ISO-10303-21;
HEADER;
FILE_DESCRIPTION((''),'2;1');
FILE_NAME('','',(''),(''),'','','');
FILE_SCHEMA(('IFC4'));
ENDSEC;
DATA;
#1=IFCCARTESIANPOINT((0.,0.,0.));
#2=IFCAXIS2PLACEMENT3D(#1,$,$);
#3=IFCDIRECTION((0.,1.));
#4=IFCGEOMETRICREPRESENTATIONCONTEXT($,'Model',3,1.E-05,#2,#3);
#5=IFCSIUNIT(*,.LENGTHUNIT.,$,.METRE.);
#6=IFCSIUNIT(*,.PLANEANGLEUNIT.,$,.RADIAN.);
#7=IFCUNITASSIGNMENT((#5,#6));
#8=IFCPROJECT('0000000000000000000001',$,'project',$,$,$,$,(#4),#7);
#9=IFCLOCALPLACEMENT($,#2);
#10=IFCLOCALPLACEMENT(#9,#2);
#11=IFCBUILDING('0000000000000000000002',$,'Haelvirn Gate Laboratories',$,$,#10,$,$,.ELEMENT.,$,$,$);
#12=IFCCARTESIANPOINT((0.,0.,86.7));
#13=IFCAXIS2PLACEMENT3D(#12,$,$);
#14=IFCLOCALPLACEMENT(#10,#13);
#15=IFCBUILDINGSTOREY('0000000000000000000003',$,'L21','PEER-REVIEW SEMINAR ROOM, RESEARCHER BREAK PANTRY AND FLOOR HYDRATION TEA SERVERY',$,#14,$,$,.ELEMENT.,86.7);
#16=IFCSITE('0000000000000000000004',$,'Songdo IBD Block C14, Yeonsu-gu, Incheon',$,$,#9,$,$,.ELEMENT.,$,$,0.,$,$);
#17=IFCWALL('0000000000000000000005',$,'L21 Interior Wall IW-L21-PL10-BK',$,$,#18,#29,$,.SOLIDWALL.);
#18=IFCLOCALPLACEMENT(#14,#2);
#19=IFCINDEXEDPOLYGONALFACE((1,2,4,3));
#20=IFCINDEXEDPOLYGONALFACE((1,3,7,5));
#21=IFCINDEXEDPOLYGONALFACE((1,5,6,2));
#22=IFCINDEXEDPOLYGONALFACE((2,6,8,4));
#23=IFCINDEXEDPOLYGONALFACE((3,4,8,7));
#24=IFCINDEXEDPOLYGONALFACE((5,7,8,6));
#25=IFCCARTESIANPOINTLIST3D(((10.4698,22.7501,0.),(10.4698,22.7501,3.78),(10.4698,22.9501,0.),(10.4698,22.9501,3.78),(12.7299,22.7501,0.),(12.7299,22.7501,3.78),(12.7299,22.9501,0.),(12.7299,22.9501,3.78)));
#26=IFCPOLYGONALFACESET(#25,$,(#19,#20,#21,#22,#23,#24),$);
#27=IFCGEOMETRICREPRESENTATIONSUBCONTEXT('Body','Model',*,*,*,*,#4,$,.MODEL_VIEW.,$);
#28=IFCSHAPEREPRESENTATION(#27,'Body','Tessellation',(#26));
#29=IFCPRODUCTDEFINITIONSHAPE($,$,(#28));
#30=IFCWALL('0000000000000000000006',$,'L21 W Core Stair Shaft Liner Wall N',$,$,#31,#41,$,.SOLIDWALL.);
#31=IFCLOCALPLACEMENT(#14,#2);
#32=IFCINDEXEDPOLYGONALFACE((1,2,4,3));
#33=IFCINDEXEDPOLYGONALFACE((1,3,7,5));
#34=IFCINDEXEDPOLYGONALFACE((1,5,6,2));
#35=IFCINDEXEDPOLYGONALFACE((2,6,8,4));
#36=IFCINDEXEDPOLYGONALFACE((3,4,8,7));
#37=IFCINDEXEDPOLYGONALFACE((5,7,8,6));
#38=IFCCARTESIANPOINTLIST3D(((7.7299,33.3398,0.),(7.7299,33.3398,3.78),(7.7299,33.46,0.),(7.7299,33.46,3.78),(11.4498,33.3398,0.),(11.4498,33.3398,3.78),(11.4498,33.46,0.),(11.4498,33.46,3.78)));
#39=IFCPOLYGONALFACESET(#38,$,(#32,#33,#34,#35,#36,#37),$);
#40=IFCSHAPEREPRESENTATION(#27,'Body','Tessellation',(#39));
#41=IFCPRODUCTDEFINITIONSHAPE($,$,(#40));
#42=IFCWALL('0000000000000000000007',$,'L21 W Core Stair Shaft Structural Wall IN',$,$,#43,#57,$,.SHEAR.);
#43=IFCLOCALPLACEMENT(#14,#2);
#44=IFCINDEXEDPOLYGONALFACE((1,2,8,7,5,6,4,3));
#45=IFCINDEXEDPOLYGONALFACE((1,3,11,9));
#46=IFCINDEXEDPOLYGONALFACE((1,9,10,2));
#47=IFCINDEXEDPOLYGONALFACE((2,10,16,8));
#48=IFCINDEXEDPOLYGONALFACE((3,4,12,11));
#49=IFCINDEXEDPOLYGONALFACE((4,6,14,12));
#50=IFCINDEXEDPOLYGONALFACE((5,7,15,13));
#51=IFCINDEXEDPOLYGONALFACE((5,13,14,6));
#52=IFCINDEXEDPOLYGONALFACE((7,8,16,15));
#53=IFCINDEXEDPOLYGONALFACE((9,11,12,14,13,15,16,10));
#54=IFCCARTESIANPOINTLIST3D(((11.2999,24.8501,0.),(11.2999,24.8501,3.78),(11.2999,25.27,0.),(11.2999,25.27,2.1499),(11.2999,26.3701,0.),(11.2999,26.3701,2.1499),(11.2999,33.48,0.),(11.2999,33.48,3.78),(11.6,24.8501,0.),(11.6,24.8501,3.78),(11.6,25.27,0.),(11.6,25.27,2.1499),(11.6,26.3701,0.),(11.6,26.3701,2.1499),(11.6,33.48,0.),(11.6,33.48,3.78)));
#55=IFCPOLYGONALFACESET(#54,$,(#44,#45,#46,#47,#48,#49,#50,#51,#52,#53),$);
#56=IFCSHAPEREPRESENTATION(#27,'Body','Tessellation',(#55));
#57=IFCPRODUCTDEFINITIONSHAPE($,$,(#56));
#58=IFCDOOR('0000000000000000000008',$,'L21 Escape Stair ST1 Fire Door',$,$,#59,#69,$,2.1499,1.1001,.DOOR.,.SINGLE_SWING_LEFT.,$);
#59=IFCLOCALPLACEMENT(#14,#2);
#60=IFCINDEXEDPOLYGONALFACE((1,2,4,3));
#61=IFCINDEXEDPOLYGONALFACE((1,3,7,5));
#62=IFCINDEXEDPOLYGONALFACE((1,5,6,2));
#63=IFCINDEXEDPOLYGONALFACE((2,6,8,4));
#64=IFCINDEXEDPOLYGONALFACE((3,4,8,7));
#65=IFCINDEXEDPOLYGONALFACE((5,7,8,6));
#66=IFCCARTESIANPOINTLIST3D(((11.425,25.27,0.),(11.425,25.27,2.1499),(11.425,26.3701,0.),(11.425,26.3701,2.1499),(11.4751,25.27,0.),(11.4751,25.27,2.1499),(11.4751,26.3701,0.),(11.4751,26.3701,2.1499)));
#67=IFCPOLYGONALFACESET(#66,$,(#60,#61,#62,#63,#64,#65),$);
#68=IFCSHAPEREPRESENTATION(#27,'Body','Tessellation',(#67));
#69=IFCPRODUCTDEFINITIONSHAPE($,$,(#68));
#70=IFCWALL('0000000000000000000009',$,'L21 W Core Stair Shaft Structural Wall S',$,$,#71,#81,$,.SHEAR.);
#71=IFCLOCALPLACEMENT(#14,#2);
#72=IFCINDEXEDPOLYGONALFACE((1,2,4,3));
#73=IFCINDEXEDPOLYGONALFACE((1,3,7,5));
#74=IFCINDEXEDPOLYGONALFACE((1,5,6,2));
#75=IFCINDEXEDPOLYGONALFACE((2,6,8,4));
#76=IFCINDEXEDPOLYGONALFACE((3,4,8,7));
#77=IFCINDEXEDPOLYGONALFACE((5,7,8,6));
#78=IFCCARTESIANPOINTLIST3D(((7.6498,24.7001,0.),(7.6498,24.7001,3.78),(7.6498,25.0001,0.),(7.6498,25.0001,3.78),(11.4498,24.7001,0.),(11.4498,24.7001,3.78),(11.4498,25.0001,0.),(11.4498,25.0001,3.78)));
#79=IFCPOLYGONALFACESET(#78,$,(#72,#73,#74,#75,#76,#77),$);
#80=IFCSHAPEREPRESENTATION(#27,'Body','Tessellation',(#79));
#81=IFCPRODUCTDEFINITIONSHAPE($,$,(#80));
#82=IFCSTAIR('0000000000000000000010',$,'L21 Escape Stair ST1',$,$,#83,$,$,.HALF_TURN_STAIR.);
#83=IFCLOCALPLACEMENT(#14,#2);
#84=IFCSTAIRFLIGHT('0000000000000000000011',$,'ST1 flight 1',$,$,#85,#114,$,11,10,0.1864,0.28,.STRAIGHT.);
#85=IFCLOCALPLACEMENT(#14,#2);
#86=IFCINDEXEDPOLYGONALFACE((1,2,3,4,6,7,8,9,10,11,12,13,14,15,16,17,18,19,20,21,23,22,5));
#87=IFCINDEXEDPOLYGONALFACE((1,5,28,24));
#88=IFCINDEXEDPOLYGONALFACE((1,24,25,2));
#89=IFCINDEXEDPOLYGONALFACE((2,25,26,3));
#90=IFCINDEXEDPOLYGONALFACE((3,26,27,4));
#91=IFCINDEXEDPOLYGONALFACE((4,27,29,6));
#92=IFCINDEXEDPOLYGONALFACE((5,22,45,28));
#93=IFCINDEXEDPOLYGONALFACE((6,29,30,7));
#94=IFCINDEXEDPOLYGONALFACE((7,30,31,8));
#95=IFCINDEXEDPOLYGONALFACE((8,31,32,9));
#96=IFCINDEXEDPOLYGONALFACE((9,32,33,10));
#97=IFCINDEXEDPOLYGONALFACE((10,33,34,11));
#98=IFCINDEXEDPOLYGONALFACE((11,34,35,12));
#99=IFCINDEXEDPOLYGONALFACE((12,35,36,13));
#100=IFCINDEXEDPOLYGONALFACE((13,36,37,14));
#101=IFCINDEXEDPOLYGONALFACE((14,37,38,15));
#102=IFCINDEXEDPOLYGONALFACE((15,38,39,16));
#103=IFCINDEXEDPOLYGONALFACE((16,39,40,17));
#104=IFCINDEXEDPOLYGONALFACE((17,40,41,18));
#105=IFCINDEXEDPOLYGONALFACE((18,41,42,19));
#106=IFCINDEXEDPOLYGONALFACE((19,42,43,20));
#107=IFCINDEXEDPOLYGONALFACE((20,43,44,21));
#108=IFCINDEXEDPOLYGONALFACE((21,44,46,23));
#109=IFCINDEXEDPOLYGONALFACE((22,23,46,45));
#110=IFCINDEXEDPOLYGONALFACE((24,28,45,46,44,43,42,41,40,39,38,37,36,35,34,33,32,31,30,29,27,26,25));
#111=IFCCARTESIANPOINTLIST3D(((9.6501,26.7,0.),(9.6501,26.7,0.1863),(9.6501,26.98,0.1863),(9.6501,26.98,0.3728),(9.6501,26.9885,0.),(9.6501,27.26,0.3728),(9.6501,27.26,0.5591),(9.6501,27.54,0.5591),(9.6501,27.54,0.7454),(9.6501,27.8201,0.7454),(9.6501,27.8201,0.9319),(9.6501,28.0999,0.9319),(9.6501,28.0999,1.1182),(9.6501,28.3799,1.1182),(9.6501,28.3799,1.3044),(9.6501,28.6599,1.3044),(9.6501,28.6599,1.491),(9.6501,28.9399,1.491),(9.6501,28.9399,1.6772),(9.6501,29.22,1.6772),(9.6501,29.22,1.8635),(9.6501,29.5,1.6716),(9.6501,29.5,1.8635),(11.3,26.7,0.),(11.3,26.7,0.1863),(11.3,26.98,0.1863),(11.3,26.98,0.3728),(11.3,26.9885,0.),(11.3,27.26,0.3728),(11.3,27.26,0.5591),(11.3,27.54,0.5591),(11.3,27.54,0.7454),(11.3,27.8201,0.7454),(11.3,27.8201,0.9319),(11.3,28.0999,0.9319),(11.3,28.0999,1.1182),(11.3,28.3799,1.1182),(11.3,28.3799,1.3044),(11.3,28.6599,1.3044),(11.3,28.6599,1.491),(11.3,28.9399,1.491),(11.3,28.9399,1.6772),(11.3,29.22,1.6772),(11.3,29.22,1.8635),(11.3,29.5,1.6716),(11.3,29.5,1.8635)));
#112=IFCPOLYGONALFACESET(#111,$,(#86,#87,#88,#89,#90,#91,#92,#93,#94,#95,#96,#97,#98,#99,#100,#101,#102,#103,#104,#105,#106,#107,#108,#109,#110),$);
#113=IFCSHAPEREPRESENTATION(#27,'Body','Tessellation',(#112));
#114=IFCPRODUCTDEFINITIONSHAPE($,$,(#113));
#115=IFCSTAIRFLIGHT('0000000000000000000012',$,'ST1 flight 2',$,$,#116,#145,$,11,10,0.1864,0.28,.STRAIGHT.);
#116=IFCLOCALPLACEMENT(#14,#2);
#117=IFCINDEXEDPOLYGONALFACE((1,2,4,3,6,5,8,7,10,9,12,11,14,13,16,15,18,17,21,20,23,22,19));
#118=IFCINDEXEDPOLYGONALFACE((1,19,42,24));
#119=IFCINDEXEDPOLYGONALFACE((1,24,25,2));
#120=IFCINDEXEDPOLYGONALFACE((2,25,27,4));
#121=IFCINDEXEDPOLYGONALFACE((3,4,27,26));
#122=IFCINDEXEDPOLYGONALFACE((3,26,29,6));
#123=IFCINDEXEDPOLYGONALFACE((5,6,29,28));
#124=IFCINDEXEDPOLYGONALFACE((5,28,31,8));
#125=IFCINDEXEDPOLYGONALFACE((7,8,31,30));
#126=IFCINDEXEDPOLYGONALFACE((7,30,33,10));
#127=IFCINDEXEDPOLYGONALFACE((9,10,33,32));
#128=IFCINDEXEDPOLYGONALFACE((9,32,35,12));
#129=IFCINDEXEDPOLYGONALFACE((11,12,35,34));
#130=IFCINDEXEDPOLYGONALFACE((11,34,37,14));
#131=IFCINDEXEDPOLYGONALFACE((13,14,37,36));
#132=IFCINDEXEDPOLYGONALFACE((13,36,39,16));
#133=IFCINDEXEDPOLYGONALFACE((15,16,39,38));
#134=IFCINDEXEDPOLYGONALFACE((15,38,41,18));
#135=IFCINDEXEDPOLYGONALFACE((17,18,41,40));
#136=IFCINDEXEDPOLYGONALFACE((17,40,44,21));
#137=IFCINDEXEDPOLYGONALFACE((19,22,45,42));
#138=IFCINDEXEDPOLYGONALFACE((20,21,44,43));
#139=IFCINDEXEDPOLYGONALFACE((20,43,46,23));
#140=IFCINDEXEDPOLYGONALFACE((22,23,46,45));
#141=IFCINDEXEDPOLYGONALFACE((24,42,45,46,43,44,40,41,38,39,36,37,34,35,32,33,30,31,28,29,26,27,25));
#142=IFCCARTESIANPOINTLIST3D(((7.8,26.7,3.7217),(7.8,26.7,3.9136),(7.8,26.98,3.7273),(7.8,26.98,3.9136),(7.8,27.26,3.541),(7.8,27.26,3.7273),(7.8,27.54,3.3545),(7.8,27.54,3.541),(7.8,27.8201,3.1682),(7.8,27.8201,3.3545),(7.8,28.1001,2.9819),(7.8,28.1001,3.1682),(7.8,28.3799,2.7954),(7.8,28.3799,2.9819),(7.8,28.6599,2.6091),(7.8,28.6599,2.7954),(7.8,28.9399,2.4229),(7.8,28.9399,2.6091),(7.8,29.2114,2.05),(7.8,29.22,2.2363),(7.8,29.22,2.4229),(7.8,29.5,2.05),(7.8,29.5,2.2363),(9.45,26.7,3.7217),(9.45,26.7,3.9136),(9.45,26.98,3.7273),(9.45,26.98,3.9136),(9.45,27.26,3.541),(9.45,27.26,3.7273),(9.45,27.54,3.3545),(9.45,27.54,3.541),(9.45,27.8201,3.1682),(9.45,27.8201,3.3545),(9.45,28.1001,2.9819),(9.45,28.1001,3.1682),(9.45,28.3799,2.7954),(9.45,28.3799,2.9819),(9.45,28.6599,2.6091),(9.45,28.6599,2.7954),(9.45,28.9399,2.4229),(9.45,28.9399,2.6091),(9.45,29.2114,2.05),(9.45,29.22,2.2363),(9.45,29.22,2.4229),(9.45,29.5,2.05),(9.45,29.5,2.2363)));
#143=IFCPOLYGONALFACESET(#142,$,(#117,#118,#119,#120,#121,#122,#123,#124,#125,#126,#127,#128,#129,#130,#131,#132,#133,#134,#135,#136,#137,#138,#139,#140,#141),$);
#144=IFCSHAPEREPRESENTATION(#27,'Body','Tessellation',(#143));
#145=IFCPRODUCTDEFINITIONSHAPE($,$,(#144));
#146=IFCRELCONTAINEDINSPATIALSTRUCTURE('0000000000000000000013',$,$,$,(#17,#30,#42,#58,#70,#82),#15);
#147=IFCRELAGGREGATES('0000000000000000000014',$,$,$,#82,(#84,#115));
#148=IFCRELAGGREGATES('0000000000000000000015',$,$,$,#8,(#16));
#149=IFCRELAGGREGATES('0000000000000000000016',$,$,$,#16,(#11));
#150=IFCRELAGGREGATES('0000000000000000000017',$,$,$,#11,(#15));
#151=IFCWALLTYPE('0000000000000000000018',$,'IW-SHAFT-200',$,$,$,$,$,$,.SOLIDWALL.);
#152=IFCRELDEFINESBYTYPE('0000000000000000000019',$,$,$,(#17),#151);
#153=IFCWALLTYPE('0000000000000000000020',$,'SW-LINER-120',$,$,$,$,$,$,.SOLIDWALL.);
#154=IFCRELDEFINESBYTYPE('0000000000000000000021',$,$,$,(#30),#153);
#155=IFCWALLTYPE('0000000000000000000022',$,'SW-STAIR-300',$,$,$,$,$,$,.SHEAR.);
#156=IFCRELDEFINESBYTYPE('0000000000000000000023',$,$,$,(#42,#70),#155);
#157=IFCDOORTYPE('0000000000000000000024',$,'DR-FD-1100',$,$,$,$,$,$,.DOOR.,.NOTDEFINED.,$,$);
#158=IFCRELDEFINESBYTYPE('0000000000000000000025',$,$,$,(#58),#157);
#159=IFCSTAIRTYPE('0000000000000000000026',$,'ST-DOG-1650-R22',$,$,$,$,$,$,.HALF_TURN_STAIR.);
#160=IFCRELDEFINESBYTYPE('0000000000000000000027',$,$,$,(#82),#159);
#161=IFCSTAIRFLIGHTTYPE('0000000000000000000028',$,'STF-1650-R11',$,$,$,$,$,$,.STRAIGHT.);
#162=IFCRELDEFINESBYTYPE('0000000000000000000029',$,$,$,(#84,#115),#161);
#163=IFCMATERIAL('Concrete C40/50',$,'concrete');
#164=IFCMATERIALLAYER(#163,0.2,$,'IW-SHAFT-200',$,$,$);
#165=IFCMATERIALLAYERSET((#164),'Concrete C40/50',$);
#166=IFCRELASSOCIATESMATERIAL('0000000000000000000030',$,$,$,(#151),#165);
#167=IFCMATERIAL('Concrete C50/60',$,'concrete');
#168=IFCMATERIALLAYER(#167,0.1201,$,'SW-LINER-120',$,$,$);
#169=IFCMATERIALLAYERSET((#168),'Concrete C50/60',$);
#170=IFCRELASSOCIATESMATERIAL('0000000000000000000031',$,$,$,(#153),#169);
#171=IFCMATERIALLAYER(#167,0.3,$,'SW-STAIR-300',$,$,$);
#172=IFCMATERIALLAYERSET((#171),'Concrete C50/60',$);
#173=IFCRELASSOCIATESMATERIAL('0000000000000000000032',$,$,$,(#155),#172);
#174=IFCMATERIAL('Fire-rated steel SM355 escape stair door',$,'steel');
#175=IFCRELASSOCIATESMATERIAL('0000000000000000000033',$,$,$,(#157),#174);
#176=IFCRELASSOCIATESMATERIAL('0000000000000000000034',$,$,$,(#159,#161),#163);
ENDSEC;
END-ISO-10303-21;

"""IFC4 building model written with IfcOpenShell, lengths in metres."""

from ifc_helpers import new_model, si_unit, direction, frame, frame_2d, origin, place, context, subcontext, project, spatial, polyline, rectangle, outline, extrude, source, transform, mapped, material, layer, layer_set, type_object, type_shapes, element, fill, aggregate, save


model = new_model("IFC4")

# Units and contexts
model_context = context("Model", 3, precision=1e-05, world=origin(), true_north=direction((0.0, 1.0)))
body_context = subcontext(model_context, "Body", "Model", "MODEL_VIEW")
ifc_project = project(units=[si_unit("LENGTHUNIT", "METRE"), si_unit("PLANEANGLEUNIT", "RADIAN")], contexts=[model_context])

# Site, building, storey
site_placement = place(None, origin())
site = spatial("IfcSite", under=ifc_project, at=site_placement, Name="Songdo IBD Block C14, Yeonsu-gu, Incheon", CompositionType="ELEMENT", RefElevation=0.0)
building_placement = place(site_placement, origin())
building = spatial("IfcBuilding", under=site, at=building_placement, Name="Haelvirn Gate Laboratories", CompositionType="ELEMENT")
storey_placement = place(building_placement, frame((0.0, 0.0, 86.7)))
storey = spatial("IfcBuildingStorey", under=building, at=storey_placement, Name="L21", Description="PEER-REVIEW SEMINAR ROOM, RESEARCHER BREAK PANTRY AND FLOOR HYDRATION TEA SERVERY", CompositionType="ELEMENT", Elevation=86.7)

# Walls
ifc_material_1 = material(Name="Concrete C40/50", Category="concrete")
ifc_layer_1 = layer(ifc_material_1, 0.2, Name="IW-SHAFT-200")
ifc_layer_set_1 = layer_set([ifc_layer_1], Name="Concrete C40/50")
wall_type_1 = type_object("IfcWallType", Name="IW-SHAFT-200", PredefinedType="SOLIDWALL", material=ifc_layer_set_1)
wall_1_placement = place(storey_placement, frame((10.47, 22.8501, 0.0), z_axis=(0.0, 0.0, 1.0), x_axis=(1.0, 0.0, 0.0)))
element("IfcWall", 1, at=wall_1_placement, inside=storey, type_object=wall_type_1, Name="L21 Interior Wall IW-L21-PL10-BK", PredefinedType="SOLIDWALL", context=body_context, shape_type="SweptSolid", body=[
    extrude(rectangle(XDim=2.26, YDim=0.2, at=frame_2d((1.1299, 0.0))), origin(), (0.0, 0.0, 1.0), 3.78),
])
ifc_material_2 = material(Name="Concrete C50/60", Category="concrete")
ifc_layer_2 = layer(ifc_material_2, 0.1201, Name="SW-LINER-120")
ifc_layer_set_2 = layer_set([ifc_layer_2], Name="Concrete C50/60")
wall_type_2 = type_object("IfcWallType", Name="SW-LINER-120", PredefinedType="SOLIDWALL", material=ifc_layer_set_2)
wall_2_placement = place(storey_placement, frame((7.73, 33.3999, 0.0), z_axis=(0.0, 0.0, 1.0), x_axis=(1.0, 0.0, 0.0)))
element("IfcWall", 2, at=wall_2_placement, inside=storey, type_object=wall_type_2, Name="L21 W Core Stair Shaft Liner Wall N", PredefinedType="SOLIDWALL", context=body_context, shape_type="SweptSolid", body=[
    extrude(rectangle(XDim=3.72, YDim=0.1201, at=frame_2d((1.8599, 0.0))), origin(), (0.0, 0.0, 1.0), 3.78),
])

# Wall, opening, door
ifc_layer_3 = layer(ifc_material_2, 0.3, Name="SW-STAIR-300")
ifc_layer_set_3 = layer_set([ifc_layer_3], Name="Concrete C50/60")
wall_type_3 = type_object("IfcWallType", Name="SW-STAIR-300", PredefinedType="SHEAR", material=ifc_layer_set_3)
wall_3_placement = place(storey_placement, frame((11.45, 24.8501, 0.0), z_axis=(0.0, 0.0, 1.0), x_axis=(0.0, 1.0, 0.0)))
wall_3 = element("IfcWall", 3, at=wall_3_placement, inside=storey, type_object=wall_type_3, Name="L21 W Core Stair Shaft Structural Wall IN", PredefinedType="SHEAR", context=body_context, shape_type="SweptSolid", body=[
    extrude(rectangle(XDim=8.6299, YDim=0.3, at=frame_2d((4.3149, 0.0))), origin(), (0.0, 0.0, 1.0), 3.78),
])
opening_1_placement = place(wall_3_placement, frame((0.4199, 0.0, 0.0)))
opening_1 = element("IfcOpeningElement", 4, at=opening_1_placement, cuts=wall_3, PredefinedType="OPENING", context=body_context, shape_type="SweptSolid", body=[
    extrude(rectangle(XDim=1.1001, YDim=2.1499, at=frame_2d((0.55, 1.075))), frame((0.0, 0.1602, 0.0), z_axis=(0.0, -1.0, 0.0), x_axis=(1.0, 0.0, 0.0)), (0.0, 0.0, 1.0), 0.3201),
])
ifc_material_3 = material(Name="Fire-rated steel SM355 escape stair door", Category="steel")
door_type_1 = type_object("IfcDoorType", Name="DR-FD-1100", OperationType="NOTDEFINED", PredefinedType="DOOR", material=ifc_material_3)
shared_shape_1 = source(origin(), body_context, "Body", "SweptSolid", [
    extrude(rectangle(XDim=1.1001, YDim=2.1499, at=frame_2d((0.55, 1.075))), frame((0.0, 0.0249, 0.0), z_axis=(0.0, -1.0, 0.0), x_axis=(1.0, 0.0, 0.0)), (0.0, 0.0, 1.0), 0.05),
])
type_shapes(door_type_1, [shared_shape_1])
door_1_placement = place(opening_1_placement, origin())
door_1 = element("IfcDoor", 5, at=door_1_placement, inside=storey, type_object=door_type_1, Name="L21 Escape Stair ST1 Fire Door", OperationType="SINGLE_SWING_LEFT", OverallHeight=2.1499, OverallWidth=1.1001, PredefinedType="DOOR", context=body_context, shape_type="MappedRepresentation", body=[
    mapped(shared_shape_1, transform((0.0, 0.0, 0.0), scale=1.0)),
])
fill(opening_1, door_1)

# Wall
wall_4_placement = place(storey_placement, frame((7.6499, 24.8501, 0.0), z_axis=(0.0, 0.0, 1.0), x_axis=(1.0, 0.0, 0.0)))
element("IfcWall", 6, at=wall_4_placement, inside=storey, type_object=wall_type_3, Name="L21 W Core Stair Shaft Structural Wall S", PredefinedType="SHEAR", context=body_context, shape_type="SweptSolid", body=[
    extrude(rectangle(XDim=3.8, YDim=0.3, at=frame_2d((1.8999, 0.0))), origin(), (0.0, 0.0, 1.0), 3.78),
])

# Stair, stair flights
stair_type = type_object("IfcStairType", Name="ST-DOG-1650-R22", PredefinedType="HALF_TURN_STAIR", material=ifc_material_1)
stair_placement = place(storey_placement, origin())
stair = element("IfcStair", 7, at=stair_placement, inside=storey, type_object=stair_type, Name="L21 Escape Stair ST1", PredefinedType="HALF_TURN_STAIR")
stair_flight_type = type_object("IfcStairFlightType", Name="STF-1650-R11", PredefinedType="STRAIGHT", material=ifc_material_1)
shared_shape_2 = source(origin(), body_context, "Body", "SweptSolid", [
    extrude(outline(polyline([(0.0, 0.0), (0.0, 0.1863), (0.28, 0.1863), (0.28, 0.3728), (0.5601, 0.3728), (0.5601, 0.5591), (0.8401, 0.5591), (0.8401, 0.7454), (1.1201, 0.7454), (1.1201, 0.9319), (1.3999, 0.9319), (1.3999, 1.1182), (1.6799, 1.1182), (1.6799, 1.3044), (1.96, 1.3044), (1.96, 1.491), (2.24, 1.491), (2.24, 1.6772), (2.52, 1.6772), (2.52, 1.8635), (2.8, 1.8635), (2.8, 2.05), (2.8, 1.6716), (0.2886, 0.0), (0.0, 0.0)])), frame((0.0, 0.825, 0.0), z_axis=(0.0, -1.0, 0.0), x_axis=(1.0, 0.0, 0.0)), (0.0, 0.0, 1.0), 1.6499),
])
type_shapes(stair_flight_type, [shared_shape_2])
stair_flight_1_placement = place(storey_placement, frame((10.4751, 26.7, 0.0), z_axis=(0.0, 0.0, 1.0), x_axis=(0.0, 1.0, 0.0)))
stair_flight_1 = element("IfcStairFlight", 8, at=stair_flight_1_placement, type_object=stair_flight_type, Name="ST1 flight 1", NumberOfRisers=11, NumberOfTreads=10, PredefinedType="STRAIGHT", RiserHeight=0.1864, TreadLength=0.28, context=body_context, shape_type="MappedRepresentation", body=[
    mapped(shared_shape_2, transform((0.0, 0.0, 0.0), scale=1.0)),
])
stair_flight_2_placement = place(storey_placement, frame((8.625, 29.5, 2.05), z_axis=(0.0, 0.0, 1.0), x_axis=(0.0, -1.0, 0.0)))
stair_flight_2 = element("IfcStairFlight", 9, at=stair_flight_2_placement, type_object=stair_flight_type, Name="ST1 flight 2", NumberOfRisers=11, NumberOfTreads=10, PredefinedType="STRAIGHT", RiserHeight=0.1864, TreadLength=0.28, context=body_context, shape_type="MappedRepresentation", body=[
    mapped(shared_shape_2, transform((0.0, 0.0, 0.0), scale=1.0)),
])
aggregate(stair, [stair_flight_1, stair_flight_2])

save(model, "model.ifc")
